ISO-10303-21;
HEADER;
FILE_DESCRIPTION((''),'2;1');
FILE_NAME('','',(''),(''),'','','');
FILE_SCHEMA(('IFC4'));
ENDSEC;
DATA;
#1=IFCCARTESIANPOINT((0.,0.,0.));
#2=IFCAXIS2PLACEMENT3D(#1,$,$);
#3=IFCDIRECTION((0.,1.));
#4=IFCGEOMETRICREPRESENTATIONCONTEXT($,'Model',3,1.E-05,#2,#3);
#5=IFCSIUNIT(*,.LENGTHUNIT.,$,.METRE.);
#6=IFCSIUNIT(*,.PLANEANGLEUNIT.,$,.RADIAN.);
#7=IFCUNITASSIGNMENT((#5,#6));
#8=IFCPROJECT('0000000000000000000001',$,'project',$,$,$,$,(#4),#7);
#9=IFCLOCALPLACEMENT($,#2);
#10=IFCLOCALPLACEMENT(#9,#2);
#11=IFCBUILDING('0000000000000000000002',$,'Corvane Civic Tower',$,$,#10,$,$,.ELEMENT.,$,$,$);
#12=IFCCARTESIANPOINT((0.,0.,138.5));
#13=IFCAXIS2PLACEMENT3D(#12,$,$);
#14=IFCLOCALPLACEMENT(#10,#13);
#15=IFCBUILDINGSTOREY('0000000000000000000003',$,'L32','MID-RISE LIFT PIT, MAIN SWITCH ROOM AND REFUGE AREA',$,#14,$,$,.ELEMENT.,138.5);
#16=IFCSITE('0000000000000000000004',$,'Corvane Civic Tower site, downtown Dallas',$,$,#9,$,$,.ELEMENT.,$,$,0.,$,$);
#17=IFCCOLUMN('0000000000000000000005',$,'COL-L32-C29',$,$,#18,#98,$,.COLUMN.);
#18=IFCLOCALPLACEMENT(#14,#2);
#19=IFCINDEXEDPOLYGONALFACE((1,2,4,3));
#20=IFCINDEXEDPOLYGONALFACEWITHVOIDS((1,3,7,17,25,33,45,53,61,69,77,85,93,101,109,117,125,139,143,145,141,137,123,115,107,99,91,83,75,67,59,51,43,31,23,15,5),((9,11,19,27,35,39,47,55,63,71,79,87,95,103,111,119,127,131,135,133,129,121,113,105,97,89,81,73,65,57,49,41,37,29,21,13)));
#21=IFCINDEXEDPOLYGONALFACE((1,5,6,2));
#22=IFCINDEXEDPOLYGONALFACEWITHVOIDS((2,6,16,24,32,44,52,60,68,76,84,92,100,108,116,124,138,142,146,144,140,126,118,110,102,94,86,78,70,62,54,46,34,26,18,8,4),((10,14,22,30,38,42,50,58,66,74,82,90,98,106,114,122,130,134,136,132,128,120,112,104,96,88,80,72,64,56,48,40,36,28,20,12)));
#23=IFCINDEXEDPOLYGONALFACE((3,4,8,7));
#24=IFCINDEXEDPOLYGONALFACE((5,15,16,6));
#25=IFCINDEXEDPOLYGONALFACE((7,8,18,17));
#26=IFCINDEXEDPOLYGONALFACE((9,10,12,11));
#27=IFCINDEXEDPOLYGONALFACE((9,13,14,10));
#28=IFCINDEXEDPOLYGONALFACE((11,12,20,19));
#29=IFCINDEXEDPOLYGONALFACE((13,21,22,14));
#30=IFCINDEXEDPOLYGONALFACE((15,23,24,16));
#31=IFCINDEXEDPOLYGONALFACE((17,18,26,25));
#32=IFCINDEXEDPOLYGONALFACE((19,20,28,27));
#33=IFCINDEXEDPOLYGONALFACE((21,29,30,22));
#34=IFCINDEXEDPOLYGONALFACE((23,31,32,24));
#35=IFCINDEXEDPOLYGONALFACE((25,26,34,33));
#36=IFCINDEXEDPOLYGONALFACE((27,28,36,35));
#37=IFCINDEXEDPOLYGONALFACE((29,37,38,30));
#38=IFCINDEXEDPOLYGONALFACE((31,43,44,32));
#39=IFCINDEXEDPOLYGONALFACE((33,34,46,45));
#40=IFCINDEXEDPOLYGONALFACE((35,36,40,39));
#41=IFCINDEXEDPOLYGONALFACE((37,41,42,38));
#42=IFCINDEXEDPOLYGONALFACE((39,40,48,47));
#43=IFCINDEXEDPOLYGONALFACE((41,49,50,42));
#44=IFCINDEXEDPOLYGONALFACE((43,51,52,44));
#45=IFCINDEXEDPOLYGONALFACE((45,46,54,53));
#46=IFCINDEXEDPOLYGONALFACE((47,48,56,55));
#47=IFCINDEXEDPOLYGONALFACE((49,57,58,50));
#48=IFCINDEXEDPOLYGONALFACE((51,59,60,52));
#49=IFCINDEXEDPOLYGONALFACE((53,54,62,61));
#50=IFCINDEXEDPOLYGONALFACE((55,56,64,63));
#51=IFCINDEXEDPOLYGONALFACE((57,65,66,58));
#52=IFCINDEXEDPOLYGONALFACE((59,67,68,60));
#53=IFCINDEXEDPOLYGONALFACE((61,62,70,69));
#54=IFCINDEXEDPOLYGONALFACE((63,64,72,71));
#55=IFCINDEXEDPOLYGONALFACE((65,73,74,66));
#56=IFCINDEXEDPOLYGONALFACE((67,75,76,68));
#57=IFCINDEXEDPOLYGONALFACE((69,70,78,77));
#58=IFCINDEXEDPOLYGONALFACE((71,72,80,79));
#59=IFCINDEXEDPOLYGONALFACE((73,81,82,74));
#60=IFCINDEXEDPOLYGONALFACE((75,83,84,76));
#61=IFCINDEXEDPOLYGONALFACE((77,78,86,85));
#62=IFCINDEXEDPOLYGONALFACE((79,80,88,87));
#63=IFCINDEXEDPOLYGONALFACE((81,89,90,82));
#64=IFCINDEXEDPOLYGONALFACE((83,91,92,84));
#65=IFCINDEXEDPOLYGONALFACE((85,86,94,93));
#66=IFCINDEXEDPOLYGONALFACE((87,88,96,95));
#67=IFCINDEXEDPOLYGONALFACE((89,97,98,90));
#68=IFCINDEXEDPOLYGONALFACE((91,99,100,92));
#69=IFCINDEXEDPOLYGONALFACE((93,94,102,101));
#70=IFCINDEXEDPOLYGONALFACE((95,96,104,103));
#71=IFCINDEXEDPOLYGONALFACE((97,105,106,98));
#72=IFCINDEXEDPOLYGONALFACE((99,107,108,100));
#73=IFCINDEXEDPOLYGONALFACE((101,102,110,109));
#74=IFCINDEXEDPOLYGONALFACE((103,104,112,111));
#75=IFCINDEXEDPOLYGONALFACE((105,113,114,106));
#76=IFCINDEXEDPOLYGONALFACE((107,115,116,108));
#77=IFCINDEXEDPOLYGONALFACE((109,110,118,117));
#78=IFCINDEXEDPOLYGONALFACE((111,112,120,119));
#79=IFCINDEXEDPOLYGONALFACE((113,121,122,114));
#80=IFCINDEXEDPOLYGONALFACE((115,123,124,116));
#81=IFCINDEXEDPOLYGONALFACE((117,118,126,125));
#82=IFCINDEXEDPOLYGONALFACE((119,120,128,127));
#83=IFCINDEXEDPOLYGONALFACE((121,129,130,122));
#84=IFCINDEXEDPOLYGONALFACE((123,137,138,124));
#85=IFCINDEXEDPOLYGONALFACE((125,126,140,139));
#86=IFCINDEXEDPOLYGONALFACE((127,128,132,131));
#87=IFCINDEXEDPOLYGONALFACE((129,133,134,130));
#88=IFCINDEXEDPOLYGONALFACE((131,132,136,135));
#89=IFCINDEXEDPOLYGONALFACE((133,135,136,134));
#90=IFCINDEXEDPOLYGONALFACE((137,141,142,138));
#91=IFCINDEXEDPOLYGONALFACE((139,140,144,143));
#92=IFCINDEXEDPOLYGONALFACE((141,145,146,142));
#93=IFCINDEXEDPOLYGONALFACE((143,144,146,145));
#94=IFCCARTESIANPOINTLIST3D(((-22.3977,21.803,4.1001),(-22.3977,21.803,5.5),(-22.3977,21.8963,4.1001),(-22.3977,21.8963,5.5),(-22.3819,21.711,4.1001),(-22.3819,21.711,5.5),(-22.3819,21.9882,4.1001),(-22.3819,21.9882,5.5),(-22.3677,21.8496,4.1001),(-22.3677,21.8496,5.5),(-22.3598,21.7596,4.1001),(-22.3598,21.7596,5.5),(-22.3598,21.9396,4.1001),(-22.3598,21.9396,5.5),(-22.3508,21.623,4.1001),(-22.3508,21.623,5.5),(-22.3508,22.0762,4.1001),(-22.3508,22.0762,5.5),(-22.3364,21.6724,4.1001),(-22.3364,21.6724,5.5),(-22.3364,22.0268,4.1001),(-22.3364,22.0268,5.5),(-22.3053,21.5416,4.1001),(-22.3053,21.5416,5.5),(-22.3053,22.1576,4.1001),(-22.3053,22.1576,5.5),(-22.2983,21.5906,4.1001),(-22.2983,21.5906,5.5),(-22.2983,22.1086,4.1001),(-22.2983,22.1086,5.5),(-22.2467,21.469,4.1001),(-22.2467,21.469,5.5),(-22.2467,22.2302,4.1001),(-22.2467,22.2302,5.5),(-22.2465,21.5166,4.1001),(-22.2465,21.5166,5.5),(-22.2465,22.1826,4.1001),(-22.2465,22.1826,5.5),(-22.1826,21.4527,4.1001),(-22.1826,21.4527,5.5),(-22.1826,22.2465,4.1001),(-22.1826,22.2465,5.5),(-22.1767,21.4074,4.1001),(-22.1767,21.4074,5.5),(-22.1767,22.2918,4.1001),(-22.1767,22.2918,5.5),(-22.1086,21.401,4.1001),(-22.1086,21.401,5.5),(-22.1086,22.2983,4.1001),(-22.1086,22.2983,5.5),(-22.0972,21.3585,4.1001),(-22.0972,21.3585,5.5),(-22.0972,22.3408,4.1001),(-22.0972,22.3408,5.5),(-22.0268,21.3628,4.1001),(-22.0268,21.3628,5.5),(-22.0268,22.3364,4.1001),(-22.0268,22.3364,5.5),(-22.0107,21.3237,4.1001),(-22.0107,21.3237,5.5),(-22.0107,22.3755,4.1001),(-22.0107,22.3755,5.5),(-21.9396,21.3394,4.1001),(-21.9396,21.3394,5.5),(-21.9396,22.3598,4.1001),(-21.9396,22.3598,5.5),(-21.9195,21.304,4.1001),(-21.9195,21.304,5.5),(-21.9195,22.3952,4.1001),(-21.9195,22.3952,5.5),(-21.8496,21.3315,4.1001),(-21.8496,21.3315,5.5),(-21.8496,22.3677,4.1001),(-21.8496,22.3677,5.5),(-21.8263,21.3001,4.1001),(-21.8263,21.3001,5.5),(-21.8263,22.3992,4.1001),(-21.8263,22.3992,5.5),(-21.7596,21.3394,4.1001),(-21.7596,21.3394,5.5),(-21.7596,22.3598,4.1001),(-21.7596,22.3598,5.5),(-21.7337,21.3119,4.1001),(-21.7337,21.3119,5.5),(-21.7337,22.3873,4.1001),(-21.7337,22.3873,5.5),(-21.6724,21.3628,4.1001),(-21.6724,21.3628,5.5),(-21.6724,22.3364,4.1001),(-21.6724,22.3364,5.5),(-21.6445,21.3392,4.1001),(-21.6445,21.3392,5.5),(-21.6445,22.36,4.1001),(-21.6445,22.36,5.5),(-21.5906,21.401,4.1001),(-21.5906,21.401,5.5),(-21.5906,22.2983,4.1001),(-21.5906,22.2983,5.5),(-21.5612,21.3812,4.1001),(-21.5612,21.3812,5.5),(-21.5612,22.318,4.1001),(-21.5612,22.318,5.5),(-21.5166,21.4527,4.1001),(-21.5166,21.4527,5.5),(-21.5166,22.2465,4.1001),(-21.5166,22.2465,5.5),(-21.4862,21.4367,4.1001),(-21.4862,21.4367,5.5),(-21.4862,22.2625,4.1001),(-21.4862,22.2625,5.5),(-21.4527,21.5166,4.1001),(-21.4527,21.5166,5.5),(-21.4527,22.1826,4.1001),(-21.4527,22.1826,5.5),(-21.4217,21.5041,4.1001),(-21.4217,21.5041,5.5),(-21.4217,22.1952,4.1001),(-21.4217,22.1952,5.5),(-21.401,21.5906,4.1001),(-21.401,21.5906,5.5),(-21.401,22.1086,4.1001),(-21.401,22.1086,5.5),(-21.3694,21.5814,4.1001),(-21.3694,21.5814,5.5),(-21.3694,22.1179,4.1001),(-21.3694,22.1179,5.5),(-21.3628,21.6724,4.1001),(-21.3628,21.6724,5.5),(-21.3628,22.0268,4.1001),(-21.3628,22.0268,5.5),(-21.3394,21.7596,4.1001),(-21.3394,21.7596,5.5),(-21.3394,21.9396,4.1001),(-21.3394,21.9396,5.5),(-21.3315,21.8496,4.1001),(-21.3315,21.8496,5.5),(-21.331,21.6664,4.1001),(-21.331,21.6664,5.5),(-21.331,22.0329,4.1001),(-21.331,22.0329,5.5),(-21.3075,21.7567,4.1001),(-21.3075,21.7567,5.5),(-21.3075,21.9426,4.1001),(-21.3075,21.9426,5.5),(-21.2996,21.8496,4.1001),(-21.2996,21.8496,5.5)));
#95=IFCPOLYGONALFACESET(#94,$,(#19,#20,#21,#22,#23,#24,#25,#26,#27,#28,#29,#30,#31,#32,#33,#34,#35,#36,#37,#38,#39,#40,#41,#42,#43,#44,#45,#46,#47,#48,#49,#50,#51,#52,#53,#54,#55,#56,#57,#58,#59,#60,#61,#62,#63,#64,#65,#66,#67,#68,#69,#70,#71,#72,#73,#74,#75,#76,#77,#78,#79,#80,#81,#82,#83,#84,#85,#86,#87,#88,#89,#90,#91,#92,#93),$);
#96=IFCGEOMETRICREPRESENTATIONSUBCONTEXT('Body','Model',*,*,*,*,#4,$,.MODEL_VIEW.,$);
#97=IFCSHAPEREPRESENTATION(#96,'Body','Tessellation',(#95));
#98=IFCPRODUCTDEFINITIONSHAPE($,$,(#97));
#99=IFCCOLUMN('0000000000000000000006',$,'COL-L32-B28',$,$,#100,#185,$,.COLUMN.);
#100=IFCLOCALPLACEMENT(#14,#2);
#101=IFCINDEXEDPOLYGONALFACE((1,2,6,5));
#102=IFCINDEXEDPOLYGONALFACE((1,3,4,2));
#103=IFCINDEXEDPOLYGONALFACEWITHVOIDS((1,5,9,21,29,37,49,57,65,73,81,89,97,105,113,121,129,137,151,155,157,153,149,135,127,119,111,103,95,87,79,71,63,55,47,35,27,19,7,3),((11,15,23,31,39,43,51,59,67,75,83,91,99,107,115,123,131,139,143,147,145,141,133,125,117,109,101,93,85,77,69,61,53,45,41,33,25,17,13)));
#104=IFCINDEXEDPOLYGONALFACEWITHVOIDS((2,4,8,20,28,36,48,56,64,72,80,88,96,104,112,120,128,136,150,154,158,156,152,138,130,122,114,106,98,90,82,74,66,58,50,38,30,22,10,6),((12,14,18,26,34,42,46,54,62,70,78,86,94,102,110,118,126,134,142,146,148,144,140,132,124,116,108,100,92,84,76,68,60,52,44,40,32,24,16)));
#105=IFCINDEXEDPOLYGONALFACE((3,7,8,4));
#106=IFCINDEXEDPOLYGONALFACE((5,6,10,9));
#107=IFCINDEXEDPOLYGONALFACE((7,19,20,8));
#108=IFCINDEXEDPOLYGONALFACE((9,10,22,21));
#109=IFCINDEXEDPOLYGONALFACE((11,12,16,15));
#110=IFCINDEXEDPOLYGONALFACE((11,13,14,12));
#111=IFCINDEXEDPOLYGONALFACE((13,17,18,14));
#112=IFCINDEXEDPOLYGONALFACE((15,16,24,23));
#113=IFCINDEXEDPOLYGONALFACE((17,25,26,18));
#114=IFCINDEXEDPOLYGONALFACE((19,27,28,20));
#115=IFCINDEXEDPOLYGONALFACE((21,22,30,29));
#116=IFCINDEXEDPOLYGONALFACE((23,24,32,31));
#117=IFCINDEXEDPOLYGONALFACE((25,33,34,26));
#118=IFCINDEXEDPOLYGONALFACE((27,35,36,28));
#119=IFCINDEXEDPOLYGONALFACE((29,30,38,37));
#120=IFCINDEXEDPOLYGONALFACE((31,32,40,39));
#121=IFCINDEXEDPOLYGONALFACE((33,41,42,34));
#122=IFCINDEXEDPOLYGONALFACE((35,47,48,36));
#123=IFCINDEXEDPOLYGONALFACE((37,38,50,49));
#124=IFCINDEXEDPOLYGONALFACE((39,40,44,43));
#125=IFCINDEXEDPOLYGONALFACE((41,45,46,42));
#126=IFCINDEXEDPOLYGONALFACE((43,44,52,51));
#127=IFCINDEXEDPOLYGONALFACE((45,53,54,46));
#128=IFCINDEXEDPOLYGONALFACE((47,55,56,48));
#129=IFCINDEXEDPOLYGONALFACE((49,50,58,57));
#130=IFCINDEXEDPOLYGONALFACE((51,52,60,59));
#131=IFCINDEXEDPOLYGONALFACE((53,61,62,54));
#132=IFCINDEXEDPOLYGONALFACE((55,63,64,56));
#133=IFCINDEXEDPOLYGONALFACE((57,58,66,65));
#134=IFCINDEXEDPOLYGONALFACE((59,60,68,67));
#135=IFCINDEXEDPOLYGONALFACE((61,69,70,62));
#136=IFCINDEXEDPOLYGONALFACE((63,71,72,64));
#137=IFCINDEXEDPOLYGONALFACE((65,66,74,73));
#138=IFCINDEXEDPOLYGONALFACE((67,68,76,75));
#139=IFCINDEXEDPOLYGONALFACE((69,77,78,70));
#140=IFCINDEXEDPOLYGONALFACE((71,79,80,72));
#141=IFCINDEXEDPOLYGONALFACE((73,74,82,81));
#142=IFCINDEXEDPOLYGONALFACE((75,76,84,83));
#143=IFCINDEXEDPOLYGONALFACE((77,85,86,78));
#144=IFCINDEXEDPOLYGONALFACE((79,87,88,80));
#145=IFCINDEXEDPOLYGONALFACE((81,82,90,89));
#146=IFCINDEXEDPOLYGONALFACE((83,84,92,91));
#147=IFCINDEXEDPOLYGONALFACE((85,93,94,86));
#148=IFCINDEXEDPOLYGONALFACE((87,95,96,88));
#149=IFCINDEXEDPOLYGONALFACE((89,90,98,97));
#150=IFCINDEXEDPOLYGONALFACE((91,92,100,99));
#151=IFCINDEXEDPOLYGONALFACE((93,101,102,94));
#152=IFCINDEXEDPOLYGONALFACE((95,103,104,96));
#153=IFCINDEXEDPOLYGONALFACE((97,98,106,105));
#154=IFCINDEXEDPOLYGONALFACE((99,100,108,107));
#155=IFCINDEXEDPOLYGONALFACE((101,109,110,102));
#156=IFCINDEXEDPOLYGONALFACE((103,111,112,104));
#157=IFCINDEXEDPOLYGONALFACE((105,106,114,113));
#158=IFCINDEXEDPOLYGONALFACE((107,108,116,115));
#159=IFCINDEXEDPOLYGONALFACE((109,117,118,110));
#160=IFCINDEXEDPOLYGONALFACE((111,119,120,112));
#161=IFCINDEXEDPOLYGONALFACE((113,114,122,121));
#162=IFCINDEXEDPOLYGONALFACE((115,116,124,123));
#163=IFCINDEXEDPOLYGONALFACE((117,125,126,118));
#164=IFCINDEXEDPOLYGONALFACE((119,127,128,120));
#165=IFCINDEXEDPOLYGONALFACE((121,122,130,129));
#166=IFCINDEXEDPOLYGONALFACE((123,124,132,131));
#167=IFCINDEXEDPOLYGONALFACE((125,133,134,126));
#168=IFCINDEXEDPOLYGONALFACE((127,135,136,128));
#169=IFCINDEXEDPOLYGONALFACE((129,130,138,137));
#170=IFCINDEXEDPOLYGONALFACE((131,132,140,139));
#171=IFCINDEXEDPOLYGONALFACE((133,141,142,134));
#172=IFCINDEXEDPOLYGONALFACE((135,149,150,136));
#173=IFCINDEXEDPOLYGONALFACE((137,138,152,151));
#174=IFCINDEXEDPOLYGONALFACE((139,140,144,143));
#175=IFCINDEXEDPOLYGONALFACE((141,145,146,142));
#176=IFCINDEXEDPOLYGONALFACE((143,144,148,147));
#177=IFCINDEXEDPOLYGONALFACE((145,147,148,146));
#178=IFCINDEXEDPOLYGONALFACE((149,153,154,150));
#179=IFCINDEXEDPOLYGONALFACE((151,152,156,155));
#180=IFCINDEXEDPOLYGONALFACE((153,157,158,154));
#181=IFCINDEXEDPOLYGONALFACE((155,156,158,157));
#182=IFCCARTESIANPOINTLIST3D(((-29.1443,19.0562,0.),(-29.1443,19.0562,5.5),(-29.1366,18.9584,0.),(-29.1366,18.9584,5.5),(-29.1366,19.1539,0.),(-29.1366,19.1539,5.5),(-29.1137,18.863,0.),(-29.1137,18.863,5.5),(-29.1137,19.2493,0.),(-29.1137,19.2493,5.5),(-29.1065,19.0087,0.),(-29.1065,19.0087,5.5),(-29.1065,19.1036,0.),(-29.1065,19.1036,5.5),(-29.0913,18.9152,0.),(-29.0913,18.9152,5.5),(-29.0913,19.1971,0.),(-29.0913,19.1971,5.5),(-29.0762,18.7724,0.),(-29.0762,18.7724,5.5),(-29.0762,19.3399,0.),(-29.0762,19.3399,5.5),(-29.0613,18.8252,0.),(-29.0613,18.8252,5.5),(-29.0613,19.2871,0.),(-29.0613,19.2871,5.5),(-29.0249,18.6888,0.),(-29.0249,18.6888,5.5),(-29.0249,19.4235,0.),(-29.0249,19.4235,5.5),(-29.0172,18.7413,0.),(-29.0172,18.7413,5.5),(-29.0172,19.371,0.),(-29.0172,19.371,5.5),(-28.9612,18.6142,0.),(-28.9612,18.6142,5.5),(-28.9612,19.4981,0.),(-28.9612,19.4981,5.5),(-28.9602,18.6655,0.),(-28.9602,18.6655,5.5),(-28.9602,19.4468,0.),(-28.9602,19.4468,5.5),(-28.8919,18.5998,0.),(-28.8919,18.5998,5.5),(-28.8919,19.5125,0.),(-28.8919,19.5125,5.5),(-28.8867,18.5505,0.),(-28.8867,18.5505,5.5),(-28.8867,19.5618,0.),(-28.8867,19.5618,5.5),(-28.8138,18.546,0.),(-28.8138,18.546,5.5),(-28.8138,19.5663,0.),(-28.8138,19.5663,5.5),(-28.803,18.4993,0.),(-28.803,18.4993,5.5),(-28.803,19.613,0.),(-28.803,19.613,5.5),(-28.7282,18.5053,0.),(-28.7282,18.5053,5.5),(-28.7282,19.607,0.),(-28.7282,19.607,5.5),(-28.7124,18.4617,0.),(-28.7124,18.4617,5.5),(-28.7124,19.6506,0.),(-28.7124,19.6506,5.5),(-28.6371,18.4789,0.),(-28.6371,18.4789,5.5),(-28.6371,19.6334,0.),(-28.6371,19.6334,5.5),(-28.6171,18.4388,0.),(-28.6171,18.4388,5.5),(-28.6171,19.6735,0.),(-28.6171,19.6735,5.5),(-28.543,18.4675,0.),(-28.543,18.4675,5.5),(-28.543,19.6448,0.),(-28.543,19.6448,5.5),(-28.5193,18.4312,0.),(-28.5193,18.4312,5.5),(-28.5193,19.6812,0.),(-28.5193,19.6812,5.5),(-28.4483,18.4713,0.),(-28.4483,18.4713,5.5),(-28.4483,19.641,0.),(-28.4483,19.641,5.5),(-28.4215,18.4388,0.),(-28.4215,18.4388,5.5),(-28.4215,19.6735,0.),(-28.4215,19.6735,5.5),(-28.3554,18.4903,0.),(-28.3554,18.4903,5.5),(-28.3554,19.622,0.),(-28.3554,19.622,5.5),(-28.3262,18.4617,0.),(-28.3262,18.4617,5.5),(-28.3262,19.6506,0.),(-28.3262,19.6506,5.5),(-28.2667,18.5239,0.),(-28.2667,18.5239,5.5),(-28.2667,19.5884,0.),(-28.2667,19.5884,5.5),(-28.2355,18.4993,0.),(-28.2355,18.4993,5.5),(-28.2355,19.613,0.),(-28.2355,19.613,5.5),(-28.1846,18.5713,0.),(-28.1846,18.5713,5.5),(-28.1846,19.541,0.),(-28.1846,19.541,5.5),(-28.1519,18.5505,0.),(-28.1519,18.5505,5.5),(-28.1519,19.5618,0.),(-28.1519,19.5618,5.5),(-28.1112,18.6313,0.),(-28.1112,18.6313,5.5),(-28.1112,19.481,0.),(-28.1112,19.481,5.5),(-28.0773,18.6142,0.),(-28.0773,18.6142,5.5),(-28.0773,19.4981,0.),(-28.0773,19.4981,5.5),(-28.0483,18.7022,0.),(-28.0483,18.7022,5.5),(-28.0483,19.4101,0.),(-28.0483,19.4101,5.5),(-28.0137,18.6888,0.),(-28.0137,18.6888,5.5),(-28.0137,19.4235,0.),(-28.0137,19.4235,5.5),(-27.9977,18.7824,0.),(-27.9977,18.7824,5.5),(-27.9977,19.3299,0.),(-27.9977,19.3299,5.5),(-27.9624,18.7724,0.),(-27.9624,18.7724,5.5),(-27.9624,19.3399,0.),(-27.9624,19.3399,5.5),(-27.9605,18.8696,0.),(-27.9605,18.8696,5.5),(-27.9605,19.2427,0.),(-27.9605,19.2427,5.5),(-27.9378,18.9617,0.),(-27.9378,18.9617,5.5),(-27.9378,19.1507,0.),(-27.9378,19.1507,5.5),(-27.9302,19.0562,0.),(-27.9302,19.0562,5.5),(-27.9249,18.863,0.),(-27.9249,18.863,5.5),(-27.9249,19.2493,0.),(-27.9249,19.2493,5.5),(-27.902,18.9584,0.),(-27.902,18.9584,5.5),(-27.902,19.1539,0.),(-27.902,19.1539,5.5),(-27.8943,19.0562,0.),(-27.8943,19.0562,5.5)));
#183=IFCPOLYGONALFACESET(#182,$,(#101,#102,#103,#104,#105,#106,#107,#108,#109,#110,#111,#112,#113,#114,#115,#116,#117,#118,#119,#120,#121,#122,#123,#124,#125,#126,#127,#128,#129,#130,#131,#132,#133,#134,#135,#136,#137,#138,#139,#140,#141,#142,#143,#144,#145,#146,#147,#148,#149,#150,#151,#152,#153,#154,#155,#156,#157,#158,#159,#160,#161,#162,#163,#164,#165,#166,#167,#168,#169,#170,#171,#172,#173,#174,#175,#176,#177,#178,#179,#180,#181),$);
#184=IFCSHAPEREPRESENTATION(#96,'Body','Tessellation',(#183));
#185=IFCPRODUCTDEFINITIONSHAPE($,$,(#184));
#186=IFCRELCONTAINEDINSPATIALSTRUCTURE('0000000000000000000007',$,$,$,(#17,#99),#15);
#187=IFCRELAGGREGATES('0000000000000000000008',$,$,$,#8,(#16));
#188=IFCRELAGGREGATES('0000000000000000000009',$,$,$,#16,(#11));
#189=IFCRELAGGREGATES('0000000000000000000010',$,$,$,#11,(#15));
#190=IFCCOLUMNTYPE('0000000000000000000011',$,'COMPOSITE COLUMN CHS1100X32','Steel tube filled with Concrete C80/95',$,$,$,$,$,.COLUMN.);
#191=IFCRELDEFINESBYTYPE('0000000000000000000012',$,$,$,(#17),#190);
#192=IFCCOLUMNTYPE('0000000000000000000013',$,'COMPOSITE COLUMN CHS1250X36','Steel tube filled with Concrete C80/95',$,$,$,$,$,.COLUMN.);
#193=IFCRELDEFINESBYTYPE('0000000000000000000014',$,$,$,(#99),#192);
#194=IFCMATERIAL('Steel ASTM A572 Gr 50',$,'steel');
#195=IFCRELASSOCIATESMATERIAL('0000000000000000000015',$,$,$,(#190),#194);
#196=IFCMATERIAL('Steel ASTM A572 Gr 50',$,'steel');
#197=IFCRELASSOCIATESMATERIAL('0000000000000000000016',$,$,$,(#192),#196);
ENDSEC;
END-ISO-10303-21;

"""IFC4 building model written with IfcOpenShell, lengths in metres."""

from ifc_helpers import new_model, si_unit, direction, frame, origin, origin_2d, place, context, subcontext, project, spatial, hollow_circle, extrude, material, material_profile, profile_set, type_object, element, save


model = new_model("IFC4")

# Units and contexts
model_context = context("Model", 3, precision=1e-05, world=origin(), true_north=direction((0.0, 1.0)))
body_context = subcontext(model_context, "Body", "Model", "MODEL_VIEW")
ifc_project = project(units=[si_unit("LENGTHUNIT", "METRE"), si_unit("PLANEANGLEUNIT", "RADIAN")], contexts=[model_context])

# Site, building, storey
site_placement = place(None, origin())
site = spatial("IfcSite", under=ifc_project, at=site_placement, Name="Corvane Civic Tower site, downtown Dallas", CompositionType="ELEMENT", RefElevation=0.0)
building_placement = place(site_placement, origin())
building = spatial("IfcBuilding", under=site, at=building_placement, Name="Corvane Civic Tower", CompositionType="ELEMENT")
storey_placement = place(building_placement, frame((0.0, 0.0, 138.5)))
storey = spatial("IfcBuildingStorey", under=building, at=storey_placement, Name="L32", Description="MID-RISE LIFT PIT, MAIN SWITCH ROOM AND REFUGE AREA", CompositionType="ELEMENT", Elevation=138.5)

# Columns
ifc_material_1 = material(Name="Steel ASTM A572 Gr 50", Category="steel")
ifc_material_profile_1 = material_profile(ifc_material_1, hollow_circle(Radius=0.55, WallThickness=0.032, at=origin_2d()), Name="CHS1100X32")
ifc_profile_set_1 = profile_set([ifc_material_profile_1], Name="Steel ASTM A572 Gr 50")
column_type_1 = type_object("IfcColumnType", Name="COMPOSITE COLUMN CHS1100X32", Description="Steel tube filled with Concrete C80/95", PredefinedType="COLUMN", material=ifc_profile_set_1)
column_placement = place(storey_placement, frame((-21.8496, 21.8496, 4.1001), z_axis=(0.0, 0.0, 1.0), x_axis=(1.0, 0.0, 0.0)))
element("IfcColumn", 1, at=column_placement, inside=storey, type_object=column_type_1, Name="COL-L32-C29", PredefinedType="COLUMN", context=body_context, shape_type="SweptSolid", body=[
    extrude(hollow_circle(Radius=0.55, WallThickness=0.032, at=origin_2d()), origin(), (0.0, 0.0, 1.0), 1.3999),
])
ifc_material_2 = material(Name="Steel ASTM A572 Gr 50", Category="steel")
ifc_material_profile_2 = material_profile(ifc_material_2, hollow_circle(Radius=0.625, WallThickness=0.0359, at=origin_2d()), Name="CHS1250X36")
ifc_profile_set_2 = profile_set([ifc_material_profile_2], Name="Steel ASTM A572 Gr 50")
column_type_2 = type_object("IfcColumnType", Name="COMPOSITE COLUMN CHS1250X36", Description="Steel tube filled with Concrete C80/95", PredefinedType="COLUMN", material=ifc_profile_set_2)
for number, where, z_axis, x_axis, name in (
    (2, (-28.5193, 19.0562, 0.0), (0.0, 0.0, 1.0), (1.0, 0.0, 0.0), "COL-L32-B28"),
):
    element("IfcColumn", number, at=place(storey_placement, frame(where, z_axis=z_axis, x_axis=x_axis)), inside=storey, type_object=column_type_2, Name=name, PredefinedType="COLUMN", context=body_context, shape_type="SweptSolid", body=[
        extrude(hollow_circle(Radius=0.625, WallThickness=0.0359, at=origin_2d()), origin(), (0.0, 0.0, 1.0), 5.5),
    ])

save(model, "model.ifc")
